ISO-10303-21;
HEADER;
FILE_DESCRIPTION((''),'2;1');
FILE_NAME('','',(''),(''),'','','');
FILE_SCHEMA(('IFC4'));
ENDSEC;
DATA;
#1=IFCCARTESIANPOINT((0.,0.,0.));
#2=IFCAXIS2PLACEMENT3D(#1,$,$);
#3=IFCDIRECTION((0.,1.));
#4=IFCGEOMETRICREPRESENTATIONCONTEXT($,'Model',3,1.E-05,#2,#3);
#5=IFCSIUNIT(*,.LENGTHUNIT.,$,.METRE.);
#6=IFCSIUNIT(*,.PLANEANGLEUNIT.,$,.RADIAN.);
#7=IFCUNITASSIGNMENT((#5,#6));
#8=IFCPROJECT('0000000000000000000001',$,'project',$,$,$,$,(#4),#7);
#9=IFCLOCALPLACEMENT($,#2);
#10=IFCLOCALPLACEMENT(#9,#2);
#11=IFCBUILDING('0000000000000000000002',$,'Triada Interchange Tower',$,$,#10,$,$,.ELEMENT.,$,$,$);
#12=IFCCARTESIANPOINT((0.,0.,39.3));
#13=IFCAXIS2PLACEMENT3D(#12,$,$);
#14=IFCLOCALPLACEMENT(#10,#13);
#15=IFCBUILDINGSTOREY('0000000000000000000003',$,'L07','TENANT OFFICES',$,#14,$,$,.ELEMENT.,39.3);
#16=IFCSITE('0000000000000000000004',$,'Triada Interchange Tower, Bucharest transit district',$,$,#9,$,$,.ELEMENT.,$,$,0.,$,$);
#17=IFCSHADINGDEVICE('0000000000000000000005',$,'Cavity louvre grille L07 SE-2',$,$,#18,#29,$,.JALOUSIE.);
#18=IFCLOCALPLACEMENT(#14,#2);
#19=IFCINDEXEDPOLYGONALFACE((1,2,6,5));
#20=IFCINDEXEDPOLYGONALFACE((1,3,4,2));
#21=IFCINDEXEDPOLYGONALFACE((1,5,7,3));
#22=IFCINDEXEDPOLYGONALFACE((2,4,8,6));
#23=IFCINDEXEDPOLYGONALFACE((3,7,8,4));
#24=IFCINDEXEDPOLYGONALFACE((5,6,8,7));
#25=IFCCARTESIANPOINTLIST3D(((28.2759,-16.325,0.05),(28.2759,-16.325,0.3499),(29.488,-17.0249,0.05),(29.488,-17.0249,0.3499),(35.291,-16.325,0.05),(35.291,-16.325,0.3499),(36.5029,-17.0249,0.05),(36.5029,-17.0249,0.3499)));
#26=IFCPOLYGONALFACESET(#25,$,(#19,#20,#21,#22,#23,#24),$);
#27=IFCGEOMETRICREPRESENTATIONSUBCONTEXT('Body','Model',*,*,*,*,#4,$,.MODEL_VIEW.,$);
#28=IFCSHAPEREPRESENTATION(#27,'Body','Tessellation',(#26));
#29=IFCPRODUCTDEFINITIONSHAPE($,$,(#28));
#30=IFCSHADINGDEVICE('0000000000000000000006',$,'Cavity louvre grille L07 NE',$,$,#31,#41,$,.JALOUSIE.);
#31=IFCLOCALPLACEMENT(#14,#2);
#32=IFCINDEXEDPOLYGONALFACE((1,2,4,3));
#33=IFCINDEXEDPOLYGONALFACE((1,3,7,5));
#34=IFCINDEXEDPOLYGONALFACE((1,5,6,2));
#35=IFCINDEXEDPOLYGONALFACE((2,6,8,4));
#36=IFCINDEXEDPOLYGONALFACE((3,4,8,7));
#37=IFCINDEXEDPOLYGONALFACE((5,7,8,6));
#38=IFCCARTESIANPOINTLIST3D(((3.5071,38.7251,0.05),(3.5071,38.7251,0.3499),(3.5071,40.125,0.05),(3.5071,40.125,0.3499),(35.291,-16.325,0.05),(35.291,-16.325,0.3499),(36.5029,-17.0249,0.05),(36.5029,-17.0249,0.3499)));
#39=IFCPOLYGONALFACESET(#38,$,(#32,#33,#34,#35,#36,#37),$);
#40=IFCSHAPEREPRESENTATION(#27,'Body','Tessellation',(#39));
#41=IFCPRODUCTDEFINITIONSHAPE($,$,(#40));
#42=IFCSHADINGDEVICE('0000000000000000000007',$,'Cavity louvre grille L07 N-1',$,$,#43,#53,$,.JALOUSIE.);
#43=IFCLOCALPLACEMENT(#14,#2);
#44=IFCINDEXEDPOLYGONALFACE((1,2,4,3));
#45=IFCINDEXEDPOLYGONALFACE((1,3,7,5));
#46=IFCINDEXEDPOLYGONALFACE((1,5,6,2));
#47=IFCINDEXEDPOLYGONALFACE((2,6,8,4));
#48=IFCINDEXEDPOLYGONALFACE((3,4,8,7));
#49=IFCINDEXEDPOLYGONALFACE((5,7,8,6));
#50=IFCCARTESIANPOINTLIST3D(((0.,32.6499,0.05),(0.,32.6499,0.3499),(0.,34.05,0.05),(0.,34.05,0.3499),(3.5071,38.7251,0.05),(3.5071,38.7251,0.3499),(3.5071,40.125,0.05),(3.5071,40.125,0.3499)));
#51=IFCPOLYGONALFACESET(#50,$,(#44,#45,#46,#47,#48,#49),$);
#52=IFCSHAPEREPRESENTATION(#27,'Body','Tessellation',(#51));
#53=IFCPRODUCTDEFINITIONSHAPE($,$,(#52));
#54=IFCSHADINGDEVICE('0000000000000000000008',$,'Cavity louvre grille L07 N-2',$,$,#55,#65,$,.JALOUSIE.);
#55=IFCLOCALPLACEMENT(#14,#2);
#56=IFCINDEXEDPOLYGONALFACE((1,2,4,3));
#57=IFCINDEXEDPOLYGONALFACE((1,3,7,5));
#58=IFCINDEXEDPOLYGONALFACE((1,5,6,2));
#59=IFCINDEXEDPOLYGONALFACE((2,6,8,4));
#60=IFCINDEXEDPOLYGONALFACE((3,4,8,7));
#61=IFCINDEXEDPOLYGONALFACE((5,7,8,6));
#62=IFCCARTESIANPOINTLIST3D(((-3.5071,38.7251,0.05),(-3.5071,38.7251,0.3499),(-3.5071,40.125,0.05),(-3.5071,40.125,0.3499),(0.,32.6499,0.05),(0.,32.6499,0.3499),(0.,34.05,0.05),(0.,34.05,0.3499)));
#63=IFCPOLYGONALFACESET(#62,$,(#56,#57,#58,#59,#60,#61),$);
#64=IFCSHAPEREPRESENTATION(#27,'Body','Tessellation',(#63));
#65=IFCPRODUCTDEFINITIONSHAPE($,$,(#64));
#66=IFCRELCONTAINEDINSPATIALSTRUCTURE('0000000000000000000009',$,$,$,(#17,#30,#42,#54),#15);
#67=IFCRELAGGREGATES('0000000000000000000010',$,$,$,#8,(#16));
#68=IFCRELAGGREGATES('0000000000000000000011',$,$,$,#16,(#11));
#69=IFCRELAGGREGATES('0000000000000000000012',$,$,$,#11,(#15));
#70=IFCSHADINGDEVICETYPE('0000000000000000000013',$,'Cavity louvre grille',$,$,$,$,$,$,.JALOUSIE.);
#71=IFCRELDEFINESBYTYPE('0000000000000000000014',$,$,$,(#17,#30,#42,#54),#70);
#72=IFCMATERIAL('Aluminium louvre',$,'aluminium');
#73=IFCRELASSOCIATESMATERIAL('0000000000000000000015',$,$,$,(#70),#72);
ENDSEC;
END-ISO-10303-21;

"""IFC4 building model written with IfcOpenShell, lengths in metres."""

from ifc_helpers import new_model, si_unit, direction, frame, origin, place, context, subcontext, project, spatial, polyline, outline, extrude, material, type_object, element, save


model = new_model("IFC4")

# Units and contexts
model_context = context("Model", 3, precision=1e-05, world=origin(), true_north=direction((0.0, 1.0)))
body_context = subcontext(model_context, "Body", "Model", "MODEL_VIEW")
ifc_project = project(units=[si_unit("LENGTHUNIT", "METRE"), si_unit("PLANEANGLEUNIT", "RADIAN")], contexts=[model_context])

# Site, building, storey
site_placement = place(None, origin())
site = spatial("IfcSite", under=ifc_project, at=site_placement, Name="Triada Interchange Tower, Bucharest transit district", CompositionType="ELEMENT", RefElevation=0.0)
building_placement = place(site_placement, origin())
building = spatial("IfcBuilding", under=site, at=building_placement, Name="Triada Interchange Tower", CompositionType="ELEMENT")
storey_placement = place(building_placement, frame((0.0, 0.0, 39.3)))
storey = spatial("IfcBuildingStorey", under=building, at=storey_placement, Name="L07", Description="TENANT OFFICES", CompositionType="ELEMENT", Elevation=39.3)

# Shading devices
ifc_material_1 = material(Name="Aluminium louvre", Category="aluminium")
shading_device_type = type_object("IfcShadingDeviceType", Name="Cavity louvre grille", PredefinedType="JALOUSIE", material=ifc_material_1)
shading_device_1_placement = place(storey_placement, frame((0.0, 0.0, 0.05)))
element("IfcShadingDevice", 1, at=shading_device_1_placement, inside=storey, type_object=shading_device_type, Name="Cavity louvre grille L07 SE-2", PredefinedType="JALOUSIE", context=body_context, shape_type="SweptSolid", body=[
    extrude(outline(polyline([(28.2759, -16.325), (29.488, -17.0249), (36.5029, -17.0249), (35.291, -16.325), (28.2759, -16.325)])), origin(), (0.0, 0.0, 1.0), 0.2998),
])
shading_device_2_placement = place(storey_placement, frame((0.0, 0.0, 0.05)))
element("IfcShadingDevice", 2, at=shading_device_2_placement, inside=storey, type_object=shading_device_type, Name="Cavity louvre grille L07 NE", PredefinedType="JALOUSIE", context=body_context, shape_type="SweptSolid", body=[
    extrude(outline(polyline([(35.291, -16.325), (36.5029, -17.0249), (3.5071, 40.125), (3.5071, 38.7251), (35.291, -16.325)])), origin(), (0.0, 0.0, 1.0), 0.2998),
])
shading_device_3_placement = place(storey_placement, frame((0.0, 0.0, 0.05)))
element("IfcShadingDevice", 3, at=shading_device_3_placement, inside=storey, type_object=shading_device_type, Name="Cavity louvre grille L07 N-1", PredefinedType="JALOUSIE", context=body_context, shape_type="SweptSolid", body=[
    extrude(outline(polyline([(3.5071, 38.7251), (3.5071, 40.125), (0.0, 34.05), (0.0, 32.6499), (3.5071, 38.7251)])), origin(), (0.0, 0.0, 1.0), 0.2998),
])
shading_device_4_placement = place(storey_placement, frame((0.0, 0.0, 0.05)))
element("IfcShadingDevice", 4, at=shading_device_4_placement, inside=storey, type_object=shading_device_type, Name="Cavity louvre grille L07 N-2", PredefinedType="JALOUSIE", context=body_context, shape_type="SweptSolid", body=[
    extrude(outline(polyline([(0.0, 32.6499), (0.0, 34.05), (-3.5071, 40.125), (-3.5071, 38.7251), (0.0, 32.6499)])), origin(), (0.0, 0.0, 1.0), 0.2998),
])

save(model, "model.ifc")
